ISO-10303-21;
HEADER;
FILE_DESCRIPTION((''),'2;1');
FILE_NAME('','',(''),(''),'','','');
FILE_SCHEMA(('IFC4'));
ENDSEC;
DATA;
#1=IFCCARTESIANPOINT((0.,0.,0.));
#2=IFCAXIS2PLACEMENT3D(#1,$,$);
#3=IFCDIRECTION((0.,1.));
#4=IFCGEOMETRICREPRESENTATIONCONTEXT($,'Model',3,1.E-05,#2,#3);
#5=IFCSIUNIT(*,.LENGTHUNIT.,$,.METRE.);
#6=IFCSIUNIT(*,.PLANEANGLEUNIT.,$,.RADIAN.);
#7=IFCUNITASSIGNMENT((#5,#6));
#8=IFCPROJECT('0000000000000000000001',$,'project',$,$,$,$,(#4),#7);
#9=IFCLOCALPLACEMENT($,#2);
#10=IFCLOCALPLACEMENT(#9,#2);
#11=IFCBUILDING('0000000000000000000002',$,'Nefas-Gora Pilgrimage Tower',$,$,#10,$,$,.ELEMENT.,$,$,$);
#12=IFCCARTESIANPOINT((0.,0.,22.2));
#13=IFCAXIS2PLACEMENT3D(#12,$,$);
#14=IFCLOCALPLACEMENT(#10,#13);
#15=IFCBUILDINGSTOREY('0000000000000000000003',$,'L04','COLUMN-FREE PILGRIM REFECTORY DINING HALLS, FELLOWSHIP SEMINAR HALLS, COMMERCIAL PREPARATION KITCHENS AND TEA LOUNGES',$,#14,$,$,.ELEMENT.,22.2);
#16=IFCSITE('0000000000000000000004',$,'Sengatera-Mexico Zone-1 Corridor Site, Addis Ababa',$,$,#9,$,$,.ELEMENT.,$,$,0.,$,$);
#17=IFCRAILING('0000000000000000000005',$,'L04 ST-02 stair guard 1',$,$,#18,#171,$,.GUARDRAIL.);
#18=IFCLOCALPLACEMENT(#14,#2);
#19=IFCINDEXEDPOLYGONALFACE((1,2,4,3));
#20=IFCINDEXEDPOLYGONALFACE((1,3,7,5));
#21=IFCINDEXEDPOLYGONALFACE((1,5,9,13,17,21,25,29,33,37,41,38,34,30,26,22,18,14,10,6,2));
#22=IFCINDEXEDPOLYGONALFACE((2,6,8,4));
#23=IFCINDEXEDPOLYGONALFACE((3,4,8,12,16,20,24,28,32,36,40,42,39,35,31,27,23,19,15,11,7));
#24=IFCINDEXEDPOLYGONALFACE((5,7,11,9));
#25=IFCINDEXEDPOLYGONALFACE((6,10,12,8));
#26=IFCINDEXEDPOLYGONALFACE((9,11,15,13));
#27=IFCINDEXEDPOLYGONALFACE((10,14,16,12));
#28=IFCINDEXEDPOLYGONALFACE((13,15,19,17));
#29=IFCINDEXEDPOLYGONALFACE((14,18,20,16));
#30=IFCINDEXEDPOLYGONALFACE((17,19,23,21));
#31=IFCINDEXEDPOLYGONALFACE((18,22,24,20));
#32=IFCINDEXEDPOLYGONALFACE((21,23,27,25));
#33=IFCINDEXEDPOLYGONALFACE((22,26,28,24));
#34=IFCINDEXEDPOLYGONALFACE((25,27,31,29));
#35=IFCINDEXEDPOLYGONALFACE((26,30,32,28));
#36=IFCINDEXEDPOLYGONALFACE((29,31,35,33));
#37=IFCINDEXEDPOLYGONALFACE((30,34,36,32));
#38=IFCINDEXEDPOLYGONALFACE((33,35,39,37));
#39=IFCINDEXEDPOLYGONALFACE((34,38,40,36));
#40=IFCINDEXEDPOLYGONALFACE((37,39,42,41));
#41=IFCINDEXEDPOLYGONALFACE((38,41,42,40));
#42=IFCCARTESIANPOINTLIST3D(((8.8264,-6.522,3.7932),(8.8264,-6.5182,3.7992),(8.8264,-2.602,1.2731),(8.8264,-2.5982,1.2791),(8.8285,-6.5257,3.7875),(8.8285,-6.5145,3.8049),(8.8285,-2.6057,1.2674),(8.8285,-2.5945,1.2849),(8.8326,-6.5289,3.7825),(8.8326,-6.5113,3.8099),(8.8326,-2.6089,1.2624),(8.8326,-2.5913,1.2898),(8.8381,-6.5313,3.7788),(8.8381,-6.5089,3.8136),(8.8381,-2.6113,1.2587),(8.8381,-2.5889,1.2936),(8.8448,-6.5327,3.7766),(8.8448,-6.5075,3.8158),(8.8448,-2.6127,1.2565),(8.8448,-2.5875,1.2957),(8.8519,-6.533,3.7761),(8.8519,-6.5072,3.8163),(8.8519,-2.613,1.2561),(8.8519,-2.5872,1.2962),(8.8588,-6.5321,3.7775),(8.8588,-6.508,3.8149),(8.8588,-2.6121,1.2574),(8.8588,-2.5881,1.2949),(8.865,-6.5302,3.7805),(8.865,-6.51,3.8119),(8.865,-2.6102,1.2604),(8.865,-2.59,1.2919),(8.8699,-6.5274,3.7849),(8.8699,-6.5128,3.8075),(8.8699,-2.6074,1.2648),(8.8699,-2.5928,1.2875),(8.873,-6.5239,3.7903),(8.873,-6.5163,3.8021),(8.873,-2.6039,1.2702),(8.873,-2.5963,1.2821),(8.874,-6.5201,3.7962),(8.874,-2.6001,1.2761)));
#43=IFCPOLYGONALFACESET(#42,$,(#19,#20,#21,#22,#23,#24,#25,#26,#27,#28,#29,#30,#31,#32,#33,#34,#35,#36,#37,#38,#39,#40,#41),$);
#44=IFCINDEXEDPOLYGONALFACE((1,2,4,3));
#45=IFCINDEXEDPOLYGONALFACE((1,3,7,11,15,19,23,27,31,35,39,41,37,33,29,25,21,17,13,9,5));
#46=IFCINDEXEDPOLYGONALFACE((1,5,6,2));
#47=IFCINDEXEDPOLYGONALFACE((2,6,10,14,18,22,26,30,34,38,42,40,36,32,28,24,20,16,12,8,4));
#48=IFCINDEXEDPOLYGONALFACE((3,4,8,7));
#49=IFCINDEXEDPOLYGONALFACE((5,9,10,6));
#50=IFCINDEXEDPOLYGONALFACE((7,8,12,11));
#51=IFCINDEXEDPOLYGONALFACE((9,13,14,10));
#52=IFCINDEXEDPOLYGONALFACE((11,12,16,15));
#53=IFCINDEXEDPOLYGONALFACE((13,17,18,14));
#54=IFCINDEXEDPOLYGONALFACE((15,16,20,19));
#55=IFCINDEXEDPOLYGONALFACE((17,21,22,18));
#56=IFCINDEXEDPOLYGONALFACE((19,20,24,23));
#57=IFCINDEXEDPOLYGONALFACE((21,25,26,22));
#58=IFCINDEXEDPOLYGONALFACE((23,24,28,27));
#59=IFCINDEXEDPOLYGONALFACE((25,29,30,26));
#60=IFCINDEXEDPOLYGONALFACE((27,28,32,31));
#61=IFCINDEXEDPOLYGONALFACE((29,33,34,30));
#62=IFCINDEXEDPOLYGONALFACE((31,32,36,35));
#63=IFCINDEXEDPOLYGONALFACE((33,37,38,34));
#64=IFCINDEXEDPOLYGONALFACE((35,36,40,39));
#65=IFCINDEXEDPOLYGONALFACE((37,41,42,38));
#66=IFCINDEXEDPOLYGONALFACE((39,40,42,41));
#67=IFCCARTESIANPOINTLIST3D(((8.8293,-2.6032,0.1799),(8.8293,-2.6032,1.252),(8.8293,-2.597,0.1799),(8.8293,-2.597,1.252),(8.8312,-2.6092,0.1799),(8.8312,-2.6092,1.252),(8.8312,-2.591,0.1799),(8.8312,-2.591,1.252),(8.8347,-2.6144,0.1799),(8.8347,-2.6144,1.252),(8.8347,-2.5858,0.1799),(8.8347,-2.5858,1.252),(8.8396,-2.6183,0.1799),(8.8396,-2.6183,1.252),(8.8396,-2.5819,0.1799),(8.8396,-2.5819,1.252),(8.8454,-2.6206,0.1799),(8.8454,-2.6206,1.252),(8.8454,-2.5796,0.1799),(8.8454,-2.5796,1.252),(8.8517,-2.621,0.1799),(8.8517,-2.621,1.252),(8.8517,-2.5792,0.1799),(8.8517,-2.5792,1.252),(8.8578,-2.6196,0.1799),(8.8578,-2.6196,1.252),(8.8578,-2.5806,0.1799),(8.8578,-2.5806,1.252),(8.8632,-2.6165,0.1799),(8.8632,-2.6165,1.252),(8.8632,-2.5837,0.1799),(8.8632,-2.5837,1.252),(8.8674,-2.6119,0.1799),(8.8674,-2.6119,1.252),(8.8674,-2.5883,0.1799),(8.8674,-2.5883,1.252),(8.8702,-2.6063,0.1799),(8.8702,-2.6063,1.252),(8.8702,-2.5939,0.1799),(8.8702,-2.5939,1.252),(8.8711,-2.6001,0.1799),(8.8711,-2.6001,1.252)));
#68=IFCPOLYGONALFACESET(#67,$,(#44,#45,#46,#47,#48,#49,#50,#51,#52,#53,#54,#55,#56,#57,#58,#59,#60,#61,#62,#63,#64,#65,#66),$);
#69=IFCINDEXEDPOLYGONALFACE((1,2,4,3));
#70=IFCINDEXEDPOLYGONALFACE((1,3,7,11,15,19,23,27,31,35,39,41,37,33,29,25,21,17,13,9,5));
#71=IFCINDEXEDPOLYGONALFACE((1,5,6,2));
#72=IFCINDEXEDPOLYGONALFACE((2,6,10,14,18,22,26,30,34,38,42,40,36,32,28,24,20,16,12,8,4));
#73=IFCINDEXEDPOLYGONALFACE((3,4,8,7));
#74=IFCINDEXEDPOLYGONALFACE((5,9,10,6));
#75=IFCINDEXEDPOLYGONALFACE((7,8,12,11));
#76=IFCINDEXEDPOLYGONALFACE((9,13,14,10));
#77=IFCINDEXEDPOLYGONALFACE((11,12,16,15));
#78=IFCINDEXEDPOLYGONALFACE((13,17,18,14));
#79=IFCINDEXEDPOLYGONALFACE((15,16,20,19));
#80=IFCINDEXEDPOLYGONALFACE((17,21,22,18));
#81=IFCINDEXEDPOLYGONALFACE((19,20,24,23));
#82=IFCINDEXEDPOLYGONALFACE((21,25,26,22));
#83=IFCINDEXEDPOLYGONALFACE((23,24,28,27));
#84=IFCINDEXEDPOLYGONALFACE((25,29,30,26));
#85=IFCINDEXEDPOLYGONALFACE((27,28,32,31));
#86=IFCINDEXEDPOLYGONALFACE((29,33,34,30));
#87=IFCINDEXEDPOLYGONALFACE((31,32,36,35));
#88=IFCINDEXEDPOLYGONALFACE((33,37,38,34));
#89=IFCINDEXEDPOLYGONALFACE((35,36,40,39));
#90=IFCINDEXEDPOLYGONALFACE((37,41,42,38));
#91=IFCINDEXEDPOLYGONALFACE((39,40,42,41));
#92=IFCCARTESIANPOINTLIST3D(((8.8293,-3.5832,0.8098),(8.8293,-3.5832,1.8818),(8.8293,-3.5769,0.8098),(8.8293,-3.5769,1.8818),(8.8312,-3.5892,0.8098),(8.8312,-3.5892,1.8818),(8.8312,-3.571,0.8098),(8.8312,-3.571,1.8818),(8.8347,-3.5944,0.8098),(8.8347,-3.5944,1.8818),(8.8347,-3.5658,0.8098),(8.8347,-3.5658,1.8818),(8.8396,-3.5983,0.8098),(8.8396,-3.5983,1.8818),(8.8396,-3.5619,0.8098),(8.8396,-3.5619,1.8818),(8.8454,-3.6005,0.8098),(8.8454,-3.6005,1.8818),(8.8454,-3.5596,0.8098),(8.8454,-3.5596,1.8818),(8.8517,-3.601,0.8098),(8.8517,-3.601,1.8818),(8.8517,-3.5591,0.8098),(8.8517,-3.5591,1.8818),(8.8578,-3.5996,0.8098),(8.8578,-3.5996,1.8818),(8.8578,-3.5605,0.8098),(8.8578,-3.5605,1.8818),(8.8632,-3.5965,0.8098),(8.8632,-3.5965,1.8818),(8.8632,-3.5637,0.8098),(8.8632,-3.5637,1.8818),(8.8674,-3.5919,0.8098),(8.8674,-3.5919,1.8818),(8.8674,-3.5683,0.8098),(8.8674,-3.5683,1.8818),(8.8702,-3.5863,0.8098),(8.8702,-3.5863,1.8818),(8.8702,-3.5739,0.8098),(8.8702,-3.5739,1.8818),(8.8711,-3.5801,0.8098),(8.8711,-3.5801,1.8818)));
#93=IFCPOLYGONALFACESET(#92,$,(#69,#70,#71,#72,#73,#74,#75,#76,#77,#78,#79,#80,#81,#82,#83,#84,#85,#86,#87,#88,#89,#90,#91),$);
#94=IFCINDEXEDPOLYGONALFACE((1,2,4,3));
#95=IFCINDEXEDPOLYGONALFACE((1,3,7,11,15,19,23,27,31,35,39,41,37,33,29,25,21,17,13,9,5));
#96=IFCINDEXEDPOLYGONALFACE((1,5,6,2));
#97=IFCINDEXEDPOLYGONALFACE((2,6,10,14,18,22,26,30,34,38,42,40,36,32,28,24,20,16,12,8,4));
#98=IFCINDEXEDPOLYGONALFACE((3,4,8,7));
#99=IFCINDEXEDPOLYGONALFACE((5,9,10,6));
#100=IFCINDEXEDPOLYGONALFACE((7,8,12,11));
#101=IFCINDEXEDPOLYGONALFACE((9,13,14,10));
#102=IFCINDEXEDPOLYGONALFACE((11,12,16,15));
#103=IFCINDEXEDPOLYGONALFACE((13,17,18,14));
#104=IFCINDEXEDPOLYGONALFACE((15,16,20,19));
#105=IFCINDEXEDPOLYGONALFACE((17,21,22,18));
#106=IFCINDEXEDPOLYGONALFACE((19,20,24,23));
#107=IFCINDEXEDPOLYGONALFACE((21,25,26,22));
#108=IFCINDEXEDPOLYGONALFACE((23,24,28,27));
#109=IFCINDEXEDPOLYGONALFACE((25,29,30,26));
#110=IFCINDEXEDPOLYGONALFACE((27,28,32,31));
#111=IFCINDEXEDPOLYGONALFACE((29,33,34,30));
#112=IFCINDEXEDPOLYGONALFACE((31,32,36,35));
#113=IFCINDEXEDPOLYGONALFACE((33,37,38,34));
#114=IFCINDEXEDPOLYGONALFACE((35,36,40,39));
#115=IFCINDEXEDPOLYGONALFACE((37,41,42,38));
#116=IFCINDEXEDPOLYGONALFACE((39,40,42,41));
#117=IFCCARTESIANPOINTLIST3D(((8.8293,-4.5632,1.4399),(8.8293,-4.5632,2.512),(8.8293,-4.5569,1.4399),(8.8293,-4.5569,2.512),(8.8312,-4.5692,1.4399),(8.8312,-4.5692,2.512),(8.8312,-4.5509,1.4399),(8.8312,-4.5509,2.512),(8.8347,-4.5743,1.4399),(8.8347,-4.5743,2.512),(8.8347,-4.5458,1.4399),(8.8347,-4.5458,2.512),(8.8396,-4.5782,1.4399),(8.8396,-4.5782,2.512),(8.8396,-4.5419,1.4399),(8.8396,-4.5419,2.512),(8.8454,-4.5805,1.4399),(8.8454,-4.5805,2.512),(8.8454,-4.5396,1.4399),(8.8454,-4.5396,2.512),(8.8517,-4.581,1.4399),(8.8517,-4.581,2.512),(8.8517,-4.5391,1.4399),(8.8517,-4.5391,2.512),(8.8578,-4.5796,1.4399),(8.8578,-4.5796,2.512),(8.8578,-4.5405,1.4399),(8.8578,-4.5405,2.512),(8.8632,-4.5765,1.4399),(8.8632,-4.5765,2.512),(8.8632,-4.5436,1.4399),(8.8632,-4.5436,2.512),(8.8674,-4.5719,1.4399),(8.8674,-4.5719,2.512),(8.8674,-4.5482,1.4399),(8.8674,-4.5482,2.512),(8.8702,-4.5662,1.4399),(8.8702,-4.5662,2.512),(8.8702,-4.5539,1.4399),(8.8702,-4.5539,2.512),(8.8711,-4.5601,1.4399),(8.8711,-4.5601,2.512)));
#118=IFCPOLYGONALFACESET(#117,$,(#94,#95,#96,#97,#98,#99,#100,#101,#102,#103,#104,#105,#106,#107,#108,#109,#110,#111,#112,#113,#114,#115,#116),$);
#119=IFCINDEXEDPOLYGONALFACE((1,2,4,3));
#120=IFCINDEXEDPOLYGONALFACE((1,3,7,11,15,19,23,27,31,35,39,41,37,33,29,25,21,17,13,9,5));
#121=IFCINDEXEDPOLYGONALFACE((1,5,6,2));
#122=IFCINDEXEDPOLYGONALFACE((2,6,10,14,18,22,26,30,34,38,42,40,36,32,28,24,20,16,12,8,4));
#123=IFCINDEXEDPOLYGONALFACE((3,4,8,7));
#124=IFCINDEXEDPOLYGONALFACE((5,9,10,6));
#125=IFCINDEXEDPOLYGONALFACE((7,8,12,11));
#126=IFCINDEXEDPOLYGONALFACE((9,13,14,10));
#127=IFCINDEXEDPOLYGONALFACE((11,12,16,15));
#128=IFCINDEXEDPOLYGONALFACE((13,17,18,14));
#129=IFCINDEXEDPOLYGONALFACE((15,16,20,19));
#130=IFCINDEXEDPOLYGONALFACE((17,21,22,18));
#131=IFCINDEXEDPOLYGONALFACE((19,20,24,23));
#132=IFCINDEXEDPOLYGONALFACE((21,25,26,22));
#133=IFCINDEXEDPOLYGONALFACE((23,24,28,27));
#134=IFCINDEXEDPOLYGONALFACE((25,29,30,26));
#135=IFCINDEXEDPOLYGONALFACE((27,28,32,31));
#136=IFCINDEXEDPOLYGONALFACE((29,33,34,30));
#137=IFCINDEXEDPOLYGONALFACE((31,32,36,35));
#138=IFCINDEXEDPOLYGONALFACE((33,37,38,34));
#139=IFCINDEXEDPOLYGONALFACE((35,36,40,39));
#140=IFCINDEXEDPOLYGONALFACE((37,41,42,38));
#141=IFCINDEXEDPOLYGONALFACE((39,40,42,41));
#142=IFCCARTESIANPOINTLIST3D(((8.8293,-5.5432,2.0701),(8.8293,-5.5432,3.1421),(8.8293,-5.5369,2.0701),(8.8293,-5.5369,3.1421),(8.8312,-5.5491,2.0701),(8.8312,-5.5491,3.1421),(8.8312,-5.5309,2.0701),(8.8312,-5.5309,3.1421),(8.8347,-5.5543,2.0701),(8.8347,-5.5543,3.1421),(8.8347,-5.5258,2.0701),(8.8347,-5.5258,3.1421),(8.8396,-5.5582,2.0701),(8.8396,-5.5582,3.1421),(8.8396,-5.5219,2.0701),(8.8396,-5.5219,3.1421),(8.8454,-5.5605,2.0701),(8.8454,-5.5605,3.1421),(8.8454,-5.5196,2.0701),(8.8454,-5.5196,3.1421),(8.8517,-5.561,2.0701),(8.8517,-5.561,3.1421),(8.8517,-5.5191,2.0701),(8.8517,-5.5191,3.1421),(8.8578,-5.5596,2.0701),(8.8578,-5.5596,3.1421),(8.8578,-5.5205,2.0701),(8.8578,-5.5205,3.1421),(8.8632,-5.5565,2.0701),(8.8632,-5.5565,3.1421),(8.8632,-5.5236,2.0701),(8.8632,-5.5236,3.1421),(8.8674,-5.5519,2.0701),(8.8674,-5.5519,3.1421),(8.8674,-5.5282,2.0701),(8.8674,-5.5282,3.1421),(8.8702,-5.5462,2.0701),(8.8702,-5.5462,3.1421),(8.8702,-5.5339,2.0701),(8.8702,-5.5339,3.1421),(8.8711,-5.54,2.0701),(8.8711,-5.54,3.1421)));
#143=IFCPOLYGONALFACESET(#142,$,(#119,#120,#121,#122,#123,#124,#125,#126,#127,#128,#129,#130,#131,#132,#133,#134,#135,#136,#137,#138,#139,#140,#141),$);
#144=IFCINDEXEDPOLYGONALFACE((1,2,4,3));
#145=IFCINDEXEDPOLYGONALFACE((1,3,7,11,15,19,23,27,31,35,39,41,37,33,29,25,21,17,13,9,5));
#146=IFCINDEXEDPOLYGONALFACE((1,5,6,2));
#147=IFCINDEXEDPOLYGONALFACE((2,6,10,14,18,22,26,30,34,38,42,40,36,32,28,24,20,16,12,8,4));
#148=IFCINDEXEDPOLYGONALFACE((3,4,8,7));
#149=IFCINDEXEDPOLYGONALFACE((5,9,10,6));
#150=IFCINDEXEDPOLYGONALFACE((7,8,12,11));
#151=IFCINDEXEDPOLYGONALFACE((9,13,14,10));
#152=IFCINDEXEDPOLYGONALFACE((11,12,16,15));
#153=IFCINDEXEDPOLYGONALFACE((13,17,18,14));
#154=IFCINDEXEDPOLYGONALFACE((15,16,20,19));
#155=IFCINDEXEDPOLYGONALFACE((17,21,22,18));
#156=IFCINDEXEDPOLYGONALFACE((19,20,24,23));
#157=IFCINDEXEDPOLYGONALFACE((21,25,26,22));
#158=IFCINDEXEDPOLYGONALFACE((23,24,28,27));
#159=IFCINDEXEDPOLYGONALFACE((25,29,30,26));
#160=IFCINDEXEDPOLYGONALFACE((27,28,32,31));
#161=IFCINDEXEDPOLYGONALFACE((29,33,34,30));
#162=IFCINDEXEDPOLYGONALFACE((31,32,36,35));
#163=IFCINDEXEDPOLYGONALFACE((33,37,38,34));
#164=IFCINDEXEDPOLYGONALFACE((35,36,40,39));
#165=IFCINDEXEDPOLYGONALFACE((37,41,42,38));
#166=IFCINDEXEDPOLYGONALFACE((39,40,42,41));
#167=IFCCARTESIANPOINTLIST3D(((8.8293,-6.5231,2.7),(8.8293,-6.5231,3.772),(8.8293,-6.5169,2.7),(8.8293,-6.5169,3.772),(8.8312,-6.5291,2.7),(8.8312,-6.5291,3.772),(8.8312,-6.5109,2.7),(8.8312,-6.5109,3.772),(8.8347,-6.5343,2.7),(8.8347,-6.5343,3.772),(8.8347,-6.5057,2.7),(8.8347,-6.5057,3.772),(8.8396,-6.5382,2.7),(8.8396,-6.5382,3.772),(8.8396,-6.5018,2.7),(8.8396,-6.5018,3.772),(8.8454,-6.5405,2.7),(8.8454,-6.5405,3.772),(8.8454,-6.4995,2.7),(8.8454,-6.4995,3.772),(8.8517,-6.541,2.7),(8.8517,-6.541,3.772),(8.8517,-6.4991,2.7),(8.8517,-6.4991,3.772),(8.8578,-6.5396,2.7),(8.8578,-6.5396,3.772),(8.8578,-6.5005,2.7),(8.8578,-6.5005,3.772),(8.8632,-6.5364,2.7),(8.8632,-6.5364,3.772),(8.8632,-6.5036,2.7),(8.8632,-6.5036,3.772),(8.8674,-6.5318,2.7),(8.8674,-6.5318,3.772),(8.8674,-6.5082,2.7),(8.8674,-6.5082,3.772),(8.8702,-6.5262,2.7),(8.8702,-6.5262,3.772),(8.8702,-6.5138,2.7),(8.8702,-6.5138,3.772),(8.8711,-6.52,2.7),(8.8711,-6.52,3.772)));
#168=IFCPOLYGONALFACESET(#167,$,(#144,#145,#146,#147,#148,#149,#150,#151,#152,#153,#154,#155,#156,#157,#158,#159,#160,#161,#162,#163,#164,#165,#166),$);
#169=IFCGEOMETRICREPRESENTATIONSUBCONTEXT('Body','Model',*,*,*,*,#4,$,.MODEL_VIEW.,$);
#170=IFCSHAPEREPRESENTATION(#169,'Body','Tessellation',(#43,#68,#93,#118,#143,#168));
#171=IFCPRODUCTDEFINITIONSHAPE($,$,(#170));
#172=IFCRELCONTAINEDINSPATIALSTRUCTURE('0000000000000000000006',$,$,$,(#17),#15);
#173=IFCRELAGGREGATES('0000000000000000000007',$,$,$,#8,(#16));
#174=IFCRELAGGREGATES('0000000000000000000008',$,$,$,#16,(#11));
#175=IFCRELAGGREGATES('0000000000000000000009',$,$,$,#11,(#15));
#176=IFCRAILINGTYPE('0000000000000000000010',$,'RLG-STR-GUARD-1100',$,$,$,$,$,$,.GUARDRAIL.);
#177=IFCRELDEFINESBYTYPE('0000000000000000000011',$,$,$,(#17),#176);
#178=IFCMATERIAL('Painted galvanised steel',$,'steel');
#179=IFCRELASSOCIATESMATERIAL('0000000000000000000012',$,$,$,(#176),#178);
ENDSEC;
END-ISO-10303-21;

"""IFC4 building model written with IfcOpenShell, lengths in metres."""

from ifc_helpers import new_model, si_unit, direction, frame, origin, origin_2d, place, context, subcontext, project, spatial, circle, extrude, material, type_object, element, save


model = new_model("IFC4")

# Units and contexts
model_context = context("Model", 3, precision=1e-05, world=origin(), true_north=direction((0.0, 1.0)))
body_context = subcontext(model_context, "Body", "Model", "MODEL_VIEW")
ifc_project = project(units=[si_unit("LENGTHUNIT", "METRE"), si_unit("PLANEANGLEUNIT", "RADIAN")], contexts=[model_context])

# Site, building, storey
site_placement = place(None, origin())
site = spatial("IfcSite", under=ifc_project, at=site_placement, Name="Sengatera-Mexico Zone-1 Corridor Site, Addis Ababa", CompositionType="ELEMENT", RefElevation=0.0)
building_placement = place(site_placement, origin())
building = spatial("IfcBuilding", under=site, at=building_placement, Name="Nefas-Gora Pilgrimage Tower", CompositionType="ELEMENT")
storey_placement = place(building_placement, frame((0.0, 0.0, 22.2)))
storey = spatial("IfcBuildingStorey", under=building, at=storey_placement, Name="L04", Description="COLUMN-FREE PILGRIM REFECTORY DINING HALLS, FELLOWSHIP SEMINAR HALLS, COMMERCIAL PREPARATION KITCHENS AND TEA LOUNGES", CompositionType="ELEMENT", Elevation=22.2)

# Railing
ifc_material_1 = material(Name="Painted galvanised steel", Category="steel")
railing_type_1 = type_object("IfcRailingType", Name="RLG-STR-GUARD-1100", PredefinedType="GUARDRAIL", material=ifc_material_1)
railing_1_placement = place(storey_placement, frame((8.8501, -2.6001, 0.1799)))
element("IfcRailing", 1, at=railing_1_placement, inside=storey, type_object=railing_type_1, Name="L04 ST-02 stair guard 1", PredefinedType="GUARDRAIL", context=body_context, shape_type="SweptSolid", body=[
    extrude(circle(Radius=0.0239, at=origin_2d()), frame((0.0, 0.0, 1.0962), z_axis=(0.0, -0.841172, 0.540768), x_axis=(1.0, 0.0, 0.0)), (0.0, 0.0, 1.0), 4.6602),
    extrude(circle(Radius=0.021, at=origin_2d()), origin(), (0.0, 0.0, 1.0), 1.072),
    extrude(circle(Radius=0.021, at=origin_2d()), frame((0.0, -0.98, 0.6299)), (0.0, 0.0, 1.0), 1.072),
    extrude(circle(Radius=0.021, at=origin_2d()), frame((0.0, -1.96, 1.26)), (0.0, 0.0, 1.0), 1.072),
    extrude(circle(Radius=0.021, at=origin_2d()), frame((0.0, -2.9399, 1.8901)), (0.0, 0.0, 1.0), 1.072),
    extrude(circle(Radius=0.021, at=origin_2d()), frame((0.0, -3.9199, 2.52)), (0.0, 0.0, 1.0), 1.072),
])

save(model, "model.ifc")
